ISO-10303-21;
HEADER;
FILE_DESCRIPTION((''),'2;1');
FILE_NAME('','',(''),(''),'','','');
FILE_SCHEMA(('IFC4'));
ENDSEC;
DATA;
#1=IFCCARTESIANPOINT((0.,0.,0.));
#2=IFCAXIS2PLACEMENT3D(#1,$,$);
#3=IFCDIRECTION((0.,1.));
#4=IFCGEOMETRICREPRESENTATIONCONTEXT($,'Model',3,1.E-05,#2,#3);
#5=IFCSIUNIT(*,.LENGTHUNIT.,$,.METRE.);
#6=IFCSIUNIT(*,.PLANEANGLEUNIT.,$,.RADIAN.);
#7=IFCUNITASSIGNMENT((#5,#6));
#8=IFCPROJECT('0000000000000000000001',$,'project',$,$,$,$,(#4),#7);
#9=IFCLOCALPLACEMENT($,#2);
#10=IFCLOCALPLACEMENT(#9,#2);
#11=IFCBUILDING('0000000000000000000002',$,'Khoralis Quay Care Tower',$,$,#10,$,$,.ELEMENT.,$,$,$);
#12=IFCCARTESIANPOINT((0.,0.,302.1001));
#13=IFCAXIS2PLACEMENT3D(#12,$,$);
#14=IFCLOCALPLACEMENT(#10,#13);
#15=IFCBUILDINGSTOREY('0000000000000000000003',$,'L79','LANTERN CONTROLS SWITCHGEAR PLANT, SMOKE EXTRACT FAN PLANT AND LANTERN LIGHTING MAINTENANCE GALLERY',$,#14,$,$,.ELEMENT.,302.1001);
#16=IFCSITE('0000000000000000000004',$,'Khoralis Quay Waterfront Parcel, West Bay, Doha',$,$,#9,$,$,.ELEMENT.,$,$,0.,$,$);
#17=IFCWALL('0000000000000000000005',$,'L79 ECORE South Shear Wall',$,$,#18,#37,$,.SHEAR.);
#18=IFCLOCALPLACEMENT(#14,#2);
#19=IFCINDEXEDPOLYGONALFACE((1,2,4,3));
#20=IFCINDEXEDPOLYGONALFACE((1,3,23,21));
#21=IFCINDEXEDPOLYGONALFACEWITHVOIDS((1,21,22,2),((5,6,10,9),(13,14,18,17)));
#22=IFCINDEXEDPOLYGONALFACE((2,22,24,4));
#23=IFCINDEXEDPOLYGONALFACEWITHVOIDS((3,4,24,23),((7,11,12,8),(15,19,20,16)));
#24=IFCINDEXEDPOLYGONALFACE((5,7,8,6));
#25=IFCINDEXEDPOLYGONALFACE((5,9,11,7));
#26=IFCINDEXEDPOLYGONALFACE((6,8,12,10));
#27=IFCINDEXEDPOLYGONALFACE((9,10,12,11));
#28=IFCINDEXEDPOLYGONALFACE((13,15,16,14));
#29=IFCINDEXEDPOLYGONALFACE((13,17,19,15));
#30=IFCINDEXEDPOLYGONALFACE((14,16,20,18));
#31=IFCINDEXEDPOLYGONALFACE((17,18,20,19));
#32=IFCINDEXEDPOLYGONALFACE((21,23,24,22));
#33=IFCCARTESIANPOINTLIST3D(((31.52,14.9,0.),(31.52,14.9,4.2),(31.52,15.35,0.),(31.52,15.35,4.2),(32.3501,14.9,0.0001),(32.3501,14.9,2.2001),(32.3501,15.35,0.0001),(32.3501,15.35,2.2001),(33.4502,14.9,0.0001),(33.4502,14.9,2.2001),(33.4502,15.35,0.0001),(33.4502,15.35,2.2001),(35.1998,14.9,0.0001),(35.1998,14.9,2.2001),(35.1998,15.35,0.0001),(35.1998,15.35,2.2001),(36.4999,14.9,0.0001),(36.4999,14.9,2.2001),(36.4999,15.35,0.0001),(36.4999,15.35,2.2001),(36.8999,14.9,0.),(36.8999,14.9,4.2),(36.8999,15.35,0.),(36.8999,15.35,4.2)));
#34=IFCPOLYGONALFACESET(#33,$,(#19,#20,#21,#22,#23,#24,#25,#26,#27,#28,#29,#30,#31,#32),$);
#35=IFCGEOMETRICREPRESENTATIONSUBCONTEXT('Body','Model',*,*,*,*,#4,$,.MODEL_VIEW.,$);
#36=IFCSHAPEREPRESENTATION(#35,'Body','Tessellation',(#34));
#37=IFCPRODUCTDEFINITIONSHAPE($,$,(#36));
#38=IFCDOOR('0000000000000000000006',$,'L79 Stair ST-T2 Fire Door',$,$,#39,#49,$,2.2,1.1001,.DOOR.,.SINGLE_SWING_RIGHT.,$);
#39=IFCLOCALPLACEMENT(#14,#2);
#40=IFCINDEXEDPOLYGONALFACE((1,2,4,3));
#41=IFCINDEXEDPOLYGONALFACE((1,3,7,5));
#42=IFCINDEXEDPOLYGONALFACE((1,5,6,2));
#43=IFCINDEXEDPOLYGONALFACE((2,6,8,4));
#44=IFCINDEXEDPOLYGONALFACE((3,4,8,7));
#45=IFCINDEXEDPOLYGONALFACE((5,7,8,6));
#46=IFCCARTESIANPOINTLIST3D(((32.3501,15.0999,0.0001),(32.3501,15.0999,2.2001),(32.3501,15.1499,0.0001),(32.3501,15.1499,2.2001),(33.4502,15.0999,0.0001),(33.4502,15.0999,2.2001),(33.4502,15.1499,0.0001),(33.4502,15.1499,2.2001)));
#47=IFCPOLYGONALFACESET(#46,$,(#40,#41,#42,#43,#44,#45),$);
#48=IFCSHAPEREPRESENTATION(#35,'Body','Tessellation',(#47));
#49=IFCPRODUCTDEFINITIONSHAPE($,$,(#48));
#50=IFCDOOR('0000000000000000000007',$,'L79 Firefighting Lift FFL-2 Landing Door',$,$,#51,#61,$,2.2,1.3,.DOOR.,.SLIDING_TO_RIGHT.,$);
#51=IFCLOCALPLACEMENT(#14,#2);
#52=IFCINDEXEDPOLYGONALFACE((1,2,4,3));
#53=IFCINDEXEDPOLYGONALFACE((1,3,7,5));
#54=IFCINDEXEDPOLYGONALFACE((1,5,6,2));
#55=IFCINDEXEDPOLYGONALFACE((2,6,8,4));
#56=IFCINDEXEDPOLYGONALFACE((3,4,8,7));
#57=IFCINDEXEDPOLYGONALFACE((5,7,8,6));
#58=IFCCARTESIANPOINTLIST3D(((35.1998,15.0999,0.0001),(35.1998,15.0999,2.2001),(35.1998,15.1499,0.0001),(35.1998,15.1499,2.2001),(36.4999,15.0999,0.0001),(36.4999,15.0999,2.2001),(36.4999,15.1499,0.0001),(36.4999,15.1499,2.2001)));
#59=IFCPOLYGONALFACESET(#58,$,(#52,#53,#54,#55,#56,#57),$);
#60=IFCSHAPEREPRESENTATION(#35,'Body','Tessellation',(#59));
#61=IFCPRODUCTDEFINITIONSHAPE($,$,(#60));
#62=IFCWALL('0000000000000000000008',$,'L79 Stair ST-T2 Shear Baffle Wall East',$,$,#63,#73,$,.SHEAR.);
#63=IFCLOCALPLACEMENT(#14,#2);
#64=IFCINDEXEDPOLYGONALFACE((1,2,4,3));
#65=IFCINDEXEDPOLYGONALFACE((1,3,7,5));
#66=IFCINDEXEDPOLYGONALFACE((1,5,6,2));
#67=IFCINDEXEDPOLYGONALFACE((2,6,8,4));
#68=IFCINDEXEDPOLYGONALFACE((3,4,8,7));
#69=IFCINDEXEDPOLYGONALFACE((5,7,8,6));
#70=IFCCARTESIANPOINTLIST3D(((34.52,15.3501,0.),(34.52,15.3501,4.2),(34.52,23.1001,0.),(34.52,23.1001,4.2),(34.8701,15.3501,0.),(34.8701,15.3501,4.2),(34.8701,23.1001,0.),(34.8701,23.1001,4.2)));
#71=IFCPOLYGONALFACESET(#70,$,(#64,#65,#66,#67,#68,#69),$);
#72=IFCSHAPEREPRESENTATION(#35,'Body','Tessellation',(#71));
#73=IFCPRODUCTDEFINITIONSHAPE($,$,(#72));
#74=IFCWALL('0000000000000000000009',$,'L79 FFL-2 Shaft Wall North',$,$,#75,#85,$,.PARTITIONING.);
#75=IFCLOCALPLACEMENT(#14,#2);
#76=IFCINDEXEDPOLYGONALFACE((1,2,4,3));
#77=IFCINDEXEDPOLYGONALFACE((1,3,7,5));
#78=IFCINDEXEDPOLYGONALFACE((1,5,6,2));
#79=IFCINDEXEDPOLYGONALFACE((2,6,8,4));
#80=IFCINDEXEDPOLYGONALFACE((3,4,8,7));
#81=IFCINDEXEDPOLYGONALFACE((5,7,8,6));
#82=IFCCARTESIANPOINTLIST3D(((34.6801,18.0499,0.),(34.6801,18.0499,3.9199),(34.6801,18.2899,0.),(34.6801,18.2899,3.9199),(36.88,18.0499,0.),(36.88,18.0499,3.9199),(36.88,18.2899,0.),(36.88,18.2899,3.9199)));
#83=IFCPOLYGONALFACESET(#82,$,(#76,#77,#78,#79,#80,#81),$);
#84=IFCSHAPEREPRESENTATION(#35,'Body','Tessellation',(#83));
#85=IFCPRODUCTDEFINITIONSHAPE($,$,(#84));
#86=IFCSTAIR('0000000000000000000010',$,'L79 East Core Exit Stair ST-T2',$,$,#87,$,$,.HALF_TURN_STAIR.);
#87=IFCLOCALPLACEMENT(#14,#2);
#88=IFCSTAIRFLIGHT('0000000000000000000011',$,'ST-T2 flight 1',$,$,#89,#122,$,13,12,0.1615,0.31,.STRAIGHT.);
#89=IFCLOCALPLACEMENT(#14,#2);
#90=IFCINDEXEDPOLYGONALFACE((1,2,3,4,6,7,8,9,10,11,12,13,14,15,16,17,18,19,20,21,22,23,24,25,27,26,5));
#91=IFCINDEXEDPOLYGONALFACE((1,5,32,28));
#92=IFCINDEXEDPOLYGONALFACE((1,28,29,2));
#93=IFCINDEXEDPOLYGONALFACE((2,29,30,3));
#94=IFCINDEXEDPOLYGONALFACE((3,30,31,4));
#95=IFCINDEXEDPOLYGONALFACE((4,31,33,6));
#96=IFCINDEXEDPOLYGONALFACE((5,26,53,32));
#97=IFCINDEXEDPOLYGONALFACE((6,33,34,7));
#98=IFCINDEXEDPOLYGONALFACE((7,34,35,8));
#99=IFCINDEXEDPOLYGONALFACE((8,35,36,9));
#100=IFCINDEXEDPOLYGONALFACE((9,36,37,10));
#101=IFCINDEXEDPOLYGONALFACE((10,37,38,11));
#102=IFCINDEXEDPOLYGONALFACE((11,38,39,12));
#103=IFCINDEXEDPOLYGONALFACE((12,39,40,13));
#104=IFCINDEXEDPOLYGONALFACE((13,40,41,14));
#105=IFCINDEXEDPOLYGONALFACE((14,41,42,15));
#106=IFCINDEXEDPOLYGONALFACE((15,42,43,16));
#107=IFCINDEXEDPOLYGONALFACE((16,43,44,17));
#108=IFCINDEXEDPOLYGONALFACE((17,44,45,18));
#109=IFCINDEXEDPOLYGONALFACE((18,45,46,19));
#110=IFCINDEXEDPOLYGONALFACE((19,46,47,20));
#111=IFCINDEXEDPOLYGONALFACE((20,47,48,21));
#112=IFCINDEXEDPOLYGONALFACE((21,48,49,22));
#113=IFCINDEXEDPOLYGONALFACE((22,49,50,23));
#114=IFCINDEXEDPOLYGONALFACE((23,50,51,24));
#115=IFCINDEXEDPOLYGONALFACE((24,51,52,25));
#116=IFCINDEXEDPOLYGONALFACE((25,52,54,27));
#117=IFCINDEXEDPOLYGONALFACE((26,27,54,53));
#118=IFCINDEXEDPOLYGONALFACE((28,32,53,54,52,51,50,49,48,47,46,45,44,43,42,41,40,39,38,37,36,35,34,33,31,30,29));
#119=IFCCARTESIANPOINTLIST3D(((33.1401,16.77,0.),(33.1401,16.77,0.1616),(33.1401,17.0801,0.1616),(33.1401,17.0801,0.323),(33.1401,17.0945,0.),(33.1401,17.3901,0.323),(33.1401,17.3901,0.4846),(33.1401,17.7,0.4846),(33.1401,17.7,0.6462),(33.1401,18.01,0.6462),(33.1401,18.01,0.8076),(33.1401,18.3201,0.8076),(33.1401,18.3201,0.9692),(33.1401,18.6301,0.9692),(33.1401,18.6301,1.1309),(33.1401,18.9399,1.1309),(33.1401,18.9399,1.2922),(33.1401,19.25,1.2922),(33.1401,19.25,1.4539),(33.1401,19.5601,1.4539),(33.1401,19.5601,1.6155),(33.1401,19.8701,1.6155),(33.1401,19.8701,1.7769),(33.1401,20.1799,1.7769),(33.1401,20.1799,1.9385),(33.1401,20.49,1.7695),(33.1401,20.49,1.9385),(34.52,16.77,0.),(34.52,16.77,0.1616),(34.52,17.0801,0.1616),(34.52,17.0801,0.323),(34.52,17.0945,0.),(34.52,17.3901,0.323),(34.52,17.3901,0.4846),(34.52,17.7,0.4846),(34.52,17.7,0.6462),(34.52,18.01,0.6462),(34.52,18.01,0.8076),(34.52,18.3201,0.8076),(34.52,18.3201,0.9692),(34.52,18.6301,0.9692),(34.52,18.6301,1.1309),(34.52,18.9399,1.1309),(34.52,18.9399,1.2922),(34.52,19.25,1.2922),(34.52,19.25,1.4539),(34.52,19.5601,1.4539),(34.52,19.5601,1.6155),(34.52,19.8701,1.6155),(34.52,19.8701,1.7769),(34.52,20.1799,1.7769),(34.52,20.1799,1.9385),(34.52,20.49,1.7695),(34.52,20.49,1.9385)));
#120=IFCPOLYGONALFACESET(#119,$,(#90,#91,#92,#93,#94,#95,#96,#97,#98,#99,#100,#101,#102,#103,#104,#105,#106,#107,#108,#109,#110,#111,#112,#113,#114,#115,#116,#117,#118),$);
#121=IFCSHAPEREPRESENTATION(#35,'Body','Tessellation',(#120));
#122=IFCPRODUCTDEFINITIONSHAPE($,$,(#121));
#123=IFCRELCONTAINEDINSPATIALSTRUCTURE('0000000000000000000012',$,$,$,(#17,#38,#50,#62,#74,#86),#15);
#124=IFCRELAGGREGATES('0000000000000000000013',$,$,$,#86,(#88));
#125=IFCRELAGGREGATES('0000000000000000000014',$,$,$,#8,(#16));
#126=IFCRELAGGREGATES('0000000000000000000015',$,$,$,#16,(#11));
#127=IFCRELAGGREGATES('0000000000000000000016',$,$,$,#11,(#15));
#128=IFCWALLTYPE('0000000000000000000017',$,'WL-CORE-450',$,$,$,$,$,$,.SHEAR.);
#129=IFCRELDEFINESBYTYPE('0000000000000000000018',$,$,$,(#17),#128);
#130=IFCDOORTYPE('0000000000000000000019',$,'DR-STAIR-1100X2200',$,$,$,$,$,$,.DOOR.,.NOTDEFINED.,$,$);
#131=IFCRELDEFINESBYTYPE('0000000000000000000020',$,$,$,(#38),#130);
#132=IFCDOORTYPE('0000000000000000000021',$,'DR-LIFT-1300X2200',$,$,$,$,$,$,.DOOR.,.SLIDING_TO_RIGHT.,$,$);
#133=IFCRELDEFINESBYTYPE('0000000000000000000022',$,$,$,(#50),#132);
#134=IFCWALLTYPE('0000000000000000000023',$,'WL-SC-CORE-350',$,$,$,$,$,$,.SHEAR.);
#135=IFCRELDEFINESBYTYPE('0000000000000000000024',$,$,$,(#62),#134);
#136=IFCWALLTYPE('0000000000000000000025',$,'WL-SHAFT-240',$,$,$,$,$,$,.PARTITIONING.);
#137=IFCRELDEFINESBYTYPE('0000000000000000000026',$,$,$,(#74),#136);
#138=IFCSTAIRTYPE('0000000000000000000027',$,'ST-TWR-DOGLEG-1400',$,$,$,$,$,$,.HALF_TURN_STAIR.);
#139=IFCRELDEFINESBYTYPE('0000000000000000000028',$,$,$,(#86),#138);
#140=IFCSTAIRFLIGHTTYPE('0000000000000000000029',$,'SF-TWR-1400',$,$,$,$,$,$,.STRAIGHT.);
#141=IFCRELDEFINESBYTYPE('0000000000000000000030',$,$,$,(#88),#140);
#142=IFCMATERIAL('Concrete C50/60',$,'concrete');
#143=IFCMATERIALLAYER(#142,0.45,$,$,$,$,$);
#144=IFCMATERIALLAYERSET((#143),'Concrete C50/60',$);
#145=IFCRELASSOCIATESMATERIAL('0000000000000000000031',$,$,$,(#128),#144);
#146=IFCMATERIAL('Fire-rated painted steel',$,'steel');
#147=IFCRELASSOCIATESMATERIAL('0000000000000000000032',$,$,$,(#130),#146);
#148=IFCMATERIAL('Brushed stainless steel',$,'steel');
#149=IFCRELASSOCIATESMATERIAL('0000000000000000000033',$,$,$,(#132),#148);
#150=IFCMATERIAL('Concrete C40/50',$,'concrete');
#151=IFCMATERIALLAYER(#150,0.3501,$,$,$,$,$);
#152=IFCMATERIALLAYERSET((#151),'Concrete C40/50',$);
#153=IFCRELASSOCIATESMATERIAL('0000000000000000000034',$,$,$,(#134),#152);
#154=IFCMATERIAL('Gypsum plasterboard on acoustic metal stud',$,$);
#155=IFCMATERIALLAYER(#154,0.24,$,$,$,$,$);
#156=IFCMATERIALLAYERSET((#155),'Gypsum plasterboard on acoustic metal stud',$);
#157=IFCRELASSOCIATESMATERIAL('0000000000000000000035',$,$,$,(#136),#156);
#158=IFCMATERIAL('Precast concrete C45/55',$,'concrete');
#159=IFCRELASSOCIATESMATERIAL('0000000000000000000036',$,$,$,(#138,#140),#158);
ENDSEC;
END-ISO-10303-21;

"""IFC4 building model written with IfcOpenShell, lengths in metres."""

from ifc_helpers import new_model, si_unit, direction, frame, frame_2d, origin, place, context, subcontext, project, spatial, polyline, rectangle, outline, extrude, source, transform, mapped, material, layer, layer_set, type_object, element, fill, aggregate, save


model = new_model("IFC4")

# Units and contexts
model_context = context("Model", 3, precision=1e-05, world=origin(), true_north=direction((0.0, 1.0)))
body_context = subcontext(model_context, "Body", "Model", "MODEL_VIEW")
ifc_project = project(units=[si_unit("LENGTHUNIT", "METRE"), si_unit("PLANEANGLEUNIT", "RADIAN")], contexts=[model_context])

# Site, building, storey
site_placement = place(None, origin())
site = spatial("IfcSite", under=ifc_project, at=site_placement, Name="Khoralis Quay Waterfront Parcel, West Bay, Doha", CompositionType="ELEMENT", RefElevation=0.0)
building_placement = place(site_placement, origin())
building = spatial("IfcBuilding", under=site, at=building_placement, Name="Khoralis Quay Care Tower", CompositionType="ELEMENT")
storey_placement = place(building_placement, frame((0.0, 0.0, 302.1001)))
storey = spatial("IfcBuildingStorey", under=building, at=storey_placement, Name="L79", Description="LANTERN CONTROLS SWITCHGEAR PLANT, SMOKE EXTRACT FAN PLANT AND LANTERN LIGHTING MAINTENANCE GALLERY", CompositionType="ELEMENT", Elevation=302.1001)

# Shared definitions
ifc_material_1 = material(Name="Gypsum plasterboard on acoustic metal stud")
ifc_material_2 = material(Name="Concrete C50/60", Category="concrete")
ifc_layer_1 = layer(ifc_material_2, 0.45)
ifc_layer_set_1 = layer_set([ifc_layer_1], Name="Concrete C50/60")
wall_type_1 = type_object("IfcWallType", Name="WL-CORE-450", PredefinedType="SHEAR", material=ifc_layer_set_1)

# Shared definitions
ifc_material_3 = material(Name="Fire-rated painted steel", Category="steel")
door_type_1 = type_object("IfcDoorType", Name="DR-STAIR-1100X2200", OperationType="NOTDEFINED", PredefinedType="DOOR", material=ifc_material_3)
shared_shape_1 = source(origin(), body_context, "Body", "SweptSolid", [
    extrude(rectangle(XDim=1.1001, YDim=2.2, at=frame_2d((0.55, 1.1001))), frame((0.0, 0.0249, 0.0), z_axis=(0.0, -1.0, 0.0), x_axis=(1.0, 0.0, 0.0)), (0.0, 0.0, 1.0), 0.05),
])

# Wall, openings, doors
wall_1_placement = place(storey_placement, frame((31.52, 15.125, 0.0), z_axis=(0.0, 0.0, 1.0), x_axis=(1.0, 0.0, 0.0)))
wall_1 = element("IfcWall", 1, at=wall_1_placement, inside=storey, type_object=wall_type_1, Name="L79 ECORE South Shear Wall", PredefinedType="SHEAR", context=body_context, shape_type="SweptSolid", body=[
    extrude(rectangle(XDim=5.3799, YDim=0.45, at=frame_2d((2.6899, 0.0))), origin(), (0.0, 0.0, 1.0), 4.2),
])
opening_1_placement = place(wall_1_placement, frame((0.8301, 0.0, 0.0)))
opening_1 = element("IfcOpeningElement", 2, at=opening_1_placement, cuts=wall_1, PredefinedType="OPENING", context=body_context, shape_type="SweptSolid", body=[
    extrude(rectangle(XDim=1.1001, YDim=2.2, at=frame_2d((0.55, 1.1001))), frame((0.0, 0.2349, 0.0), z_axis=(0.0, -1.0, 0.0), x_axis=(1.0, 0.0, 0.0)), (0.0, 0.0, 1.0), 0.47),
])
opening_2_placement = place(wall_1_placement, frame((3.6799, 0.0, 0.0)))
opening_2 = element("IfcOpeningElement", 3, at=opening_2_placement, cuts=wall_1, PredefinedType="OPENING", context=body_context, shape_type="SweptSolid", body=[
    extrude(rectangle(XDim=1.3, YDim=2.2, at=frame_2d((0.6499, 1.1001))), frame((0.0, 0.2349, 0.0), z_axis=(0.0, -1.0, 0.0), x_axis=(1.0, 0.0, 0.0)), (0.0, 0.0, 1.0), 0.47),
])
door_1_placement = place(opening_1_placement, origin())
door_1 = element("IfcDoor", 4, at=door_1_placement, inside=storey, type_object=door_type_1, Name="L79 Stair ST-T2 Fire Door", OperationType="SINGLE_SWING_RIGHT", OverallHeight=2.2, OverallWidth=1.1001, PredefinedType="DOOR", context=body_context, shape_type="MappedRepresentation", body=[
    mapped(shared_shape_1, transform((0.0, 0.0, 0.0), scale=1.0)),
])
fill(opening_1, door_1)
ifc_material_4 = material(Name="Brushed stainless steel", Category="steel")
door_type_2 = type_object("IfcDoorType", Name="DR-LIFT-1300X2200", OperationType="SLIDING_TO_RIGHT", PredefinedType="DOOR", material=ifc_material_4)
shared_shape_2 = source(origin(), body_context, "Body", "SweptSolid", [
    extrude(rectangle(XDim=1.3, YDim=2.2, at=frame_2d((0.6499, 1.1001))), frame((0.0, 0.0249, 0.0), z_axis=(0.0, -1.0, 0.0), x_axis=(1.0, 0.0, 0.0)), (0.0, 0.0, 1.0), 0.05),
])
door_2_placement = place(opening_2_placement, origin())
door_2 = element("IfcDoor", 5, at=door_2_placement, inside=storey, type_object=door_type_2, Name="L79 Firefighting Lift FFL-2 Landing Door", OperationType="SLIDING_TO_RIGHT", OverallHeight=2.2, OverallWidth=1.3, PredefinedType="DOOR", context=body_context, shape_type="MappedRepresentation", body=[
    mapped(shared_shape_2, transform((0.0, 0.0, 0.0), scale=1.0)),
])
fill(opening_2, door_2)

# Walls
ifc_material_5 = material(Name="Concrete C40/50", Category="concrete")
ifc_layer_2 = layer(ifc_material_5, 0.3501)
ifc_layer_set_2 = layer_set([ifc_layer_2], Name="Concrete C40/50")
wall_type_2 = type_object("IfcWallType", Name="WL-SC-CORE-350", PredefinedType="SHEAR", material=ifc_layer_set_2)
wall_2_placement = place(storey_placement, frame((34.6951, 15.3501, 0.0), z_axis=(0.0, 0.0, 1.0), x_axis=(0.0, 1.0, 0.0)))
element("IfcWall", 6, at=wall_2_placement, inside=storey, type_object=wall_type_2, Name="L79 Stair ST-T2 Shear Baffle Wall East", PredefinedType="SHEAR", context=body_context, shape_type="SweptSolid", body=[
    extrude(rectangle(XDim=7.75, YDim=0.3501, at=frame_2d((3.875, 0.0))), origin(), (0.0, 0.0, 1.0), 4.2),
])
ifc_layer_3 = layer(ifc_material_1, 0.24)
ifc_layer_set_3 = layer_set([ifc_layer_3], Name="Gypsum plasterboard on acoustic metal stud")
wall_type_3 = type_object("IfcWallType", Name="WL-SHAFT-240", PredefinedType="PARTITIONING", material=ifc_layer_set_3)
wall_3_placement = place(storey_placement, frame((34.6799, 18.1699, 0.0), z_axis=(0.0, 0.0, 1.0), x_axis=(1.0, 0.0, 0.0)))
element("IfcWall", 7, at=wall_3_placement, inside=storey, type_object=wall_type_3, Name="L79 FFL-2 Shaft Wall North", PredefinedType="PARTITIONING", context=body_context, shape_type="SweptSolid", body=[
    extrude(rectangle(XDim=2.2, YDim=0.24, at=frame_2d((1.1001, 0.0))), origin(), (0.0, 0.0, 1.0), 3.9199),
])

# Stair, stair flight
ifc_material_6 = material(Name="Precast concrete C45/55", Category="concrete")
stair_type = type_object("IfcStairType", Name="ST-TWR-DOGLEG-1400", PredefinedType="HALF_TURN_STAIR", material=ifc_material_6)
stair_placement = place(storey_placement, origin())
stair = element("IfcStair", 8, at=stair_placement, inside=storey, type_object=stair_type, Name="L79 East Core Exit Stair ST-T2", PredefinedType="HALF_TURN_STAIR")
stair_flight_type = type_object("IfcStairFlightType", Name="SF-TWR-1400", PredefinedType="STRAIGHT", material=ifc_material_6)
shared_shape_3 = source(origin(), body_context, "Body", "SweptSolid", [
    extrude(outline(polyline([(0.0, 0.0), (0.0, 0.1616), (0.3101, 0.1616), (0.3101, 0.323), (0.6201, 0.323), (0.6201, 0.4846), (0.9299, 0.4846), (0.9299, 0.6462), (1.24, 0.6462), (1.24, 0.8076), (1.55, 0.8076), (1.55, 0.9692), (1.8601, 0.9692), (1.8601, 1.1309), (2.1699, 1.1309), (2.1699, 1.2922), (2.48, 1.2922), (2.48, 1.4539), (2.79, 1.4539), (2.79, 1.6155), (3.1001, 1.6155), (3.1001, 1.7769), (3.4099, 1.7769), (3.4099, 1.9385), (3.72, 1.9385), (3.72, 2.1001), (3.72, 1.7695), (0.3245, 0.0), (0.0, 0.0)])), frame((0.0, 0.6899, 0.0), z_axis=(0.0, -1.0, 0.0), x_axis=(1.0, 0.0, 0.0)), (0.0, 0.0, 1.0), 1.3799),
])
stair_flight_placement = place(storey_placement, frame((33.8301, 16.77, 0.0), z_axis=(0.0, 0.0, 1.0), x_axis=(0.0, 1.0, 0.0)))
stair_flight = element("IfcStairFlight", 9, at=stair_flight_placement, type_object=stair_flight_type, Name="ST-T2 flight 1", NumberOfRisers=13, NumberOfTreads=12, PredefinedType="STRAIGHT", RiserHeight=0.1615, TreadLength=0.31, context=body_context, shape_type="MappedRepresentation", body=[
    mapped(shared_shape_3, transform((0.0, 0.0, 0.0), scale=1.0)),
])
aggregate(stair, [stair_flight])

save(model, "model.ifc")
